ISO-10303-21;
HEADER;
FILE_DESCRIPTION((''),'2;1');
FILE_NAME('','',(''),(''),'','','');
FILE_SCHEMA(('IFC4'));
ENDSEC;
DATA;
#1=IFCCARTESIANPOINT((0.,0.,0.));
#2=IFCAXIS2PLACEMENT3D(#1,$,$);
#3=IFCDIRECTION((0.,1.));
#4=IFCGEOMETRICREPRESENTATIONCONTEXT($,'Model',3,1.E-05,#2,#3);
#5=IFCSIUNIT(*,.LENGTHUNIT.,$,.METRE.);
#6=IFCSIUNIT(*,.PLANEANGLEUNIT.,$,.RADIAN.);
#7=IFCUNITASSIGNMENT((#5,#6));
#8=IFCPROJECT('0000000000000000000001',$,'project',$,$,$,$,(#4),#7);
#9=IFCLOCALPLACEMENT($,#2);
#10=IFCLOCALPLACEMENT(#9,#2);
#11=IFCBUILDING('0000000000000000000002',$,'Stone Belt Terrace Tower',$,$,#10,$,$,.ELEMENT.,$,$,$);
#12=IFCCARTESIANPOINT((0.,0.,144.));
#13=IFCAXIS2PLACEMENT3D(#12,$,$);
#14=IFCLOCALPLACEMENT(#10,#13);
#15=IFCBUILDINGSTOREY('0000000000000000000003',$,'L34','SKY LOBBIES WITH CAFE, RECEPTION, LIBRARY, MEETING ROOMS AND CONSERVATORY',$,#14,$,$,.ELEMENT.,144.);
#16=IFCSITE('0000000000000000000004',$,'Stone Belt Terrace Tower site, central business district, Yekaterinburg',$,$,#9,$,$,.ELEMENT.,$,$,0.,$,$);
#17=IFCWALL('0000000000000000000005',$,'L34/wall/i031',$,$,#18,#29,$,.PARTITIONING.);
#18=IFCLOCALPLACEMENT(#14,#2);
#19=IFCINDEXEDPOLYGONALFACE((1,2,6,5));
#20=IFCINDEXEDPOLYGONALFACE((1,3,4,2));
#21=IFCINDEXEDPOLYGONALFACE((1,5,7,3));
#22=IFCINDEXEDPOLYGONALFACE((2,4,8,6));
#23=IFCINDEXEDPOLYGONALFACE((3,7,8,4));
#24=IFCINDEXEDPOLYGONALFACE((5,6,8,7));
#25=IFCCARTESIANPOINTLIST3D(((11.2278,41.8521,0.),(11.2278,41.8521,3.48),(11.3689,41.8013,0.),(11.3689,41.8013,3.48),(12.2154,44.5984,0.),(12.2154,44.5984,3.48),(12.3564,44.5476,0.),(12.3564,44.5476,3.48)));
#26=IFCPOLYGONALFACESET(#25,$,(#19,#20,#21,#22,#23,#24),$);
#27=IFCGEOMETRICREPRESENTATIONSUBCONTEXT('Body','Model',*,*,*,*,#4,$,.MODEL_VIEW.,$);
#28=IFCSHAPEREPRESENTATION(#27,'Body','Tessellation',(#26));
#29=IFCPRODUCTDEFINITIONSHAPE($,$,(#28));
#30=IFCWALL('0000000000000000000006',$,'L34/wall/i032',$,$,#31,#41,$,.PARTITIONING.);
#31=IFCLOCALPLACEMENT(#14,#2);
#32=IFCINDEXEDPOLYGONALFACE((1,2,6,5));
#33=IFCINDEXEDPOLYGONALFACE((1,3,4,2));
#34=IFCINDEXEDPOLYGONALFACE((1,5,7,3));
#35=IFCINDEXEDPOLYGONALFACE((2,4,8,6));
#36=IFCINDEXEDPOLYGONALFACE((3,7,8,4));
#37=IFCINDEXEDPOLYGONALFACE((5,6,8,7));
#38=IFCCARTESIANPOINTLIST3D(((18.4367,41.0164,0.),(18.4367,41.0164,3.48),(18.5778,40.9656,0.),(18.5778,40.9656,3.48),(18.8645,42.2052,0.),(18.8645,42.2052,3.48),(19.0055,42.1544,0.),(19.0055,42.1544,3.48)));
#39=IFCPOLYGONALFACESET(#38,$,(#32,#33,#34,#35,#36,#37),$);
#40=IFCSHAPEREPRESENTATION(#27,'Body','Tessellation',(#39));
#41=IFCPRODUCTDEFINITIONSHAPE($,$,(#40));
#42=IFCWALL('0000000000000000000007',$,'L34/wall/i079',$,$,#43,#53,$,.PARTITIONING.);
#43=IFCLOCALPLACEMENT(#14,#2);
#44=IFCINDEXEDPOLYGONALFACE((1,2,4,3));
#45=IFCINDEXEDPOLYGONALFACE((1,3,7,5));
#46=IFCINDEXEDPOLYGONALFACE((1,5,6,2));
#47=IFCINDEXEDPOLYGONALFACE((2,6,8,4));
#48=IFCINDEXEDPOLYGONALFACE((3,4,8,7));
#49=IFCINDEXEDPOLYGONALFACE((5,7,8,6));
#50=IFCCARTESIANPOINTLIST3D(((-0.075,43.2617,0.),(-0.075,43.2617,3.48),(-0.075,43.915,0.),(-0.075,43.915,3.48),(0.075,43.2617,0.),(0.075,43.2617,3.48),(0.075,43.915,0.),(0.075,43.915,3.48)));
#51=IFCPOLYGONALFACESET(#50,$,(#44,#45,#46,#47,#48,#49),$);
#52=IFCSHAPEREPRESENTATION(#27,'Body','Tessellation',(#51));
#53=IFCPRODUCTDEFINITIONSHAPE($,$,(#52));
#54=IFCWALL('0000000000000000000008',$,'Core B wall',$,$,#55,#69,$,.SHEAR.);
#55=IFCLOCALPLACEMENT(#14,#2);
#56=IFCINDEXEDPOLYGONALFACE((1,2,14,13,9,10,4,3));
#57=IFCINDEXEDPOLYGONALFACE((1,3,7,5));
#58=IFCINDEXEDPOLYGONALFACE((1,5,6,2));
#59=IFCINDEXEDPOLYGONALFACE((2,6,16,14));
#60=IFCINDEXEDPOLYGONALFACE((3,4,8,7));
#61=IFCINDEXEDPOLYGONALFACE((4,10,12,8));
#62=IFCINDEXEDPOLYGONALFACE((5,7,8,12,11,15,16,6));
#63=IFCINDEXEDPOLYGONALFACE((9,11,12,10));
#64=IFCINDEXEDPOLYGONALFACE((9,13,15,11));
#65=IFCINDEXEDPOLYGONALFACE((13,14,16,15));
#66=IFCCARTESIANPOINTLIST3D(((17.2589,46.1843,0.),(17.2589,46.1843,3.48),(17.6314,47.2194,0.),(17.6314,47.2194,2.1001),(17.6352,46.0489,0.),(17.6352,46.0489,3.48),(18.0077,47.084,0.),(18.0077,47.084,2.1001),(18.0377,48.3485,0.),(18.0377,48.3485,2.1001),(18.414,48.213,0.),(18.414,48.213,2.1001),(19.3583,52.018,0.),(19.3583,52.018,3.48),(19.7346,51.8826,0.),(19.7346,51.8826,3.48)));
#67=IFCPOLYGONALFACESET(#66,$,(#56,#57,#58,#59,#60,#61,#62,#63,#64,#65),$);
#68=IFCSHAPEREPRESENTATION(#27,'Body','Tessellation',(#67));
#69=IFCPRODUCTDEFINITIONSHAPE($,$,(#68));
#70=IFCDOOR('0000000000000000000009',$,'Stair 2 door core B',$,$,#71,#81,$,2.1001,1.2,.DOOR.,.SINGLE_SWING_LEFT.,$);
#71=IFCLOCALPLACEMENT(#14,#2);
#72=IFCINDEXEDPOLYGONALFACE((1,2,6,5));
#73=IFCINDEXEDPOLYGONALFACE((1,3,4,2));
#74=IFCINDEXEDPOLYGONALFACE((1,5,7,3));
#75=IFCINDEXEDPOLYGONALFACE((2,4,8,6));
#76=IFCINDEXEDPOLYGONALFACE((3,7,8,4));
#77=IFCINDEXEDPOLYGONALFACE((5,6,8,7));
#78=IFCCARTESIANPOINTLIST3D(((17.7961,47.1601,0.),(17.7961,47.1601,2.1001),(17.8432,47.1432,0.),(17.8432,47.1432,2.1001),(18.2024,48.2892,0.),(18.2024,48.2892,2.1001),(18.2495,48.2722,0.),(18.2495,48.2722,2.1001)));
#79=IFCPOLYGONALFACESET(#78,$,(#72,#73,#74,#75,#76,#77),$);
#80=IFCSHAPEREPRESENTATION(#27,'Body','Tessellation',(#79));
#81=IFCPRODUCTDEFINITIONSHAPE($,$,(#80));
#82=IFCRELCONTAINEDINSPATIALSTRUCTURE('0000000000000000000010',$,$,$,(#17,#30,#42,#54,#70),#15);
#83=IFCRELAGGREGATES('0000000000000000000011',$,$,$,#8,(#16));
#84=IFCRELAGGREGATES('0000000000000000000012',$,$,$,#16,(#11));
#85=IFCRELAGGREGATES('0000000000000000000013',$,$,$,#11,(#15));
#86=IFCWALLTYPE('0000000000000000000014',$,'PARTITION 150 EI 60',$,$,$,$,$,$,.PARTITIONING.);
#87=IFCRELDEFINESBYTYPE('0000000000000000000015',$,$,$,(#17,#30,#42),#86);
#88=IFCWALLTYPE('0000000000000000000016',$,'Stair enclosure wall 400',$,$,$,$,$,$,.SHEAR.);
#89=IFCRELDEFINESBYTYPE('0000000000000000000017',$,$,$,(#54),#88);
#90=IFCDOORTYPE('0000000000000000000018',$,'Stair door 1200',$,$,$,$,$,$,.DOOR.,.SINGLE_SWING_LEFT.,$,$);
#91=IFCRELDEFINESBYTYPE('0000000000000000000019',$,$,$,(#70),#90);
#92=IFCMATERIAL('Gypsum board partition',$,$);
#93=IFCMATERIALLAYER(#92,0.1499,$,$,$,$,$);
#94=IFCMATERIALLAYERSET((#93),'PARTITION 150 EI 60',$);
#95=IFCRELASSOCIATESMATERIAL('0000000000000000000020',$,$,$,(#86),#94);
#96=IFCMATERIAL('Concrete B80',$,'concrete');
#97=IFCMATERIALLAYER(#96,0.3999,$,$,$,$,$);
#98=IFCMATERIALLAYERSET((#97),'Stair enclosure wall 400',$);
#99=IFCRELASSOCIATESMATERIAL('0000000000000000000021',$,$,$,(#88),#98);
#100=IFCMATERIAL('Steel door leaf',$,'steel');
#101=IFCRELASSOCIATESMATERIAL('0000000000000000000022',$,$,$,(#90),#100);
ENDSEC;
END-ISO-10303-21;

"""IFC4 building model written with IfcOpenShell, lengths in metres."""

from ifc_helpers import new_model, si_unit, direction, frame, frame_2d, origin, place, context, subcontext, project, spatial, rectangle, extrude, material, layer, layer_set, type_object, element, fill, save


model = new_model("IFC4")

# Units and contexts
model_context = context("Model", 3, precision=1e-05, world=origin(), true_north=direction((0.0, 1.0)))
body_context = subcontext(model_context, "Body", "Model", "MODEL_VIEW")
ifc_project = project(units=[si_unit("LENGTHUNIT", "METRE"), si_unit("PLANEANGLEUNIT", "RADIAN")], contexts=[model_context])

# Site, building, storey
site_placement = place(None, origin())
site = spatial("IfcSite", under=ifc_project, at=site_placement, Name="Stone Belt Terrace Tower site, central business district, Yekaterinburg", CompositionType="ELEMENT", RefElevation=0.0)
building_placement = place(site_placement, origin())
building = spatial("IfcBuilding", under=site, at=building_placement, Name="Stone Belt Terrace Tower", CompositionType="ELEMENT")
storey_placement = place(building_placement, frame((0.0, 0.0, 144.0)))
storey = spatial("IfcBuildingStorey", under=building, at=storey_placement, Name="L34", Description="SKY LOBBIES WITH CAFE, RECEPTION, LIBRARY, MEETING ROOMS AND CONSERVATORY", CompositionType="ELEMENT", Elevation=144.0)

# Shared definitions
ifc_material_1 = material(Name="Concrete B80", Category="concrete")

# Shared definitions
ifc_material_2 = material(Name="Gypsum board partition")
ifc_layer_1 = layer(ifc_material_2, 0.1499)
ifc_layer_set_1 = layer_set([ifc_layer_1], Name="PARTITION 150 EI 60")
wall_type_1 = type_object("IfcWallType", Name="PARTITION 150 EI 60", PredefinedType="PARTITIONING", material=ifc_layer_set_1)

# Walls
wall_1_placement = place(storey_placement, frame((12.2859, 44.573, 0.0), z_axis=(0.0, 0.0, 1.0), x_axis=(-0.338376, -0.941011, 0.0)))
element("IfcWall", 1, at=wall_1_placement, inside=storey, type_object=wall_type_1, Name="L34/wall/i031", PredefinedType="PARTITIONING", context=body_context, shape_type="SweptSolid", body=[
    extrude(rectangle(XDim=2.9185, YDim=0.1499, at=frame_2d((1.4592, 0.0))), origin(), (0.0, 0.0, 1.0), 3.48),
])
wall_2_placement = place(storey_placement, frame((18.9351, 42.1799, 0.0), z_axis=(0.0, 0.0, 1.0), x_axis=(-0.338576, -0.940939, 0.0)))
element("IfcWall", 2, at=wall_2_placement, inside=storey, type_object=wall_type_1, Name="L34/wall/i032", PredefinedType="PARTITIONING", context=body_context, shape_type="SweptSolid", body=[
    extrude(rectangle(XDim=1.2634, YDim=0.1499, at=frame_2d((0.6318, 0.0))), origin(), (0.0, 0.0, 1.0), 3.48),
])
wall_3_placement = place(storey_placement, frame((0.0, 43.915, 0.0), z_axis=(0.0, 0.0, 1.0), x_axis=(0.0, -1.0, 0.0)))
element("IfcWall", 3, at=wall_3_placement, inside=storey, type_object=wall_type_1, Name="L34/wall/i079", PredefinedType="PARTITIONING", context=body_context, shape_type="SweptSolid", body=[
    extrude(rectangle(XDim=0.6533, YDim=0.1499, at=frame_2d((0.3267, 0.0))), origin(), (0.0, 0.0, 1.0), 3.48),
])

# Wall, opening, door
ifc_layer_2 = layer(ifc_material_1, 0.3999)
ifc_layer_set_2 = layer_set([ifc_layer_2], Name="Stair enclosure wall 400")
wall_type_2 = type_object("IfcWallType", Name="Stair enclosure wall 400", PredefinedType="SHEAR", material=ifc_layer_set_2)
wall_4_placement = place(storey_placement, frame((17.447, 46.1165, 0.0), z_axis=(0.0, 0.0, 1.0), x_axis=(0.338608, 0.940928, 0.0)))
wall_4 = element("IfcWall", 4, at=wall_4_placement, inside=storey, type_object=wall_type_2, Name="Core B wall", PredefinedType="SHEAR", context=body_context, shape_type="SweptSolid", body=[
    extrude(rectangle(XDim=6.2, YDim=0.3999, at=frame_2d((3.1001, 0.0))), origin(), (0.0, 0.0, 1.0), 3.48),
])
opening_1_placement = place(wall_4_placement, frame((1.1001, 0.0, 0.0)))
opening_1 = element("IfcOpeningElement", 5, at=opening_1_placement, cuts=wall_4, PredefinedType="OPENING", context=body_context, shape_type="SweptSolid", body=[
    extrude(rectangle(XDim=1.2, YDim=2.1001, at=frame_2d((0.6001, 1.05))), frame((0.0, 0.21, 0.0), z_axis=(0.0, -1.0, 0.0), x_axis=(1.0, 0.0, 0.0)), (0.0, 0.0, 1.0), 0.4199),
])
ifc_material_3 = material(Name="Steel door leaf", Category="steel")
door_type_1 = type_object("IfcDoorType", Name="Stair door 1200", OperationType="SINGLE_SWING_LEFT", PredefinedType="DOOR", material=ifc_material_3)
door_1_placement = place(opening_1_placement, origin())
door_1 = element("IfcDoor", 6, at=door_1_placement, inside=storey, type_object=door_type_1, Name="Stair 2 door core B", OperationType="SINGLE_SWING_LEFT", OverallHeight=2.1001, OverallWidth=1.2, PredefinedType="DOOR", context=body_context, shape_type="SweptSolid", body=[
    extrude(rectangle(XDim=1.2, YDim=2.1001, at=frame_2d((0.6001, 1.05))), frame((0.0, 0.0249, 0.0), z_axis=(0.0, -1.0, 0.0), x_axis=(1.0, 0.0, 0.0)), (0.0, 0.0, 1.0), 0.05),
])
fill(opening_1, door_1)

save(model, "model.ifc")
